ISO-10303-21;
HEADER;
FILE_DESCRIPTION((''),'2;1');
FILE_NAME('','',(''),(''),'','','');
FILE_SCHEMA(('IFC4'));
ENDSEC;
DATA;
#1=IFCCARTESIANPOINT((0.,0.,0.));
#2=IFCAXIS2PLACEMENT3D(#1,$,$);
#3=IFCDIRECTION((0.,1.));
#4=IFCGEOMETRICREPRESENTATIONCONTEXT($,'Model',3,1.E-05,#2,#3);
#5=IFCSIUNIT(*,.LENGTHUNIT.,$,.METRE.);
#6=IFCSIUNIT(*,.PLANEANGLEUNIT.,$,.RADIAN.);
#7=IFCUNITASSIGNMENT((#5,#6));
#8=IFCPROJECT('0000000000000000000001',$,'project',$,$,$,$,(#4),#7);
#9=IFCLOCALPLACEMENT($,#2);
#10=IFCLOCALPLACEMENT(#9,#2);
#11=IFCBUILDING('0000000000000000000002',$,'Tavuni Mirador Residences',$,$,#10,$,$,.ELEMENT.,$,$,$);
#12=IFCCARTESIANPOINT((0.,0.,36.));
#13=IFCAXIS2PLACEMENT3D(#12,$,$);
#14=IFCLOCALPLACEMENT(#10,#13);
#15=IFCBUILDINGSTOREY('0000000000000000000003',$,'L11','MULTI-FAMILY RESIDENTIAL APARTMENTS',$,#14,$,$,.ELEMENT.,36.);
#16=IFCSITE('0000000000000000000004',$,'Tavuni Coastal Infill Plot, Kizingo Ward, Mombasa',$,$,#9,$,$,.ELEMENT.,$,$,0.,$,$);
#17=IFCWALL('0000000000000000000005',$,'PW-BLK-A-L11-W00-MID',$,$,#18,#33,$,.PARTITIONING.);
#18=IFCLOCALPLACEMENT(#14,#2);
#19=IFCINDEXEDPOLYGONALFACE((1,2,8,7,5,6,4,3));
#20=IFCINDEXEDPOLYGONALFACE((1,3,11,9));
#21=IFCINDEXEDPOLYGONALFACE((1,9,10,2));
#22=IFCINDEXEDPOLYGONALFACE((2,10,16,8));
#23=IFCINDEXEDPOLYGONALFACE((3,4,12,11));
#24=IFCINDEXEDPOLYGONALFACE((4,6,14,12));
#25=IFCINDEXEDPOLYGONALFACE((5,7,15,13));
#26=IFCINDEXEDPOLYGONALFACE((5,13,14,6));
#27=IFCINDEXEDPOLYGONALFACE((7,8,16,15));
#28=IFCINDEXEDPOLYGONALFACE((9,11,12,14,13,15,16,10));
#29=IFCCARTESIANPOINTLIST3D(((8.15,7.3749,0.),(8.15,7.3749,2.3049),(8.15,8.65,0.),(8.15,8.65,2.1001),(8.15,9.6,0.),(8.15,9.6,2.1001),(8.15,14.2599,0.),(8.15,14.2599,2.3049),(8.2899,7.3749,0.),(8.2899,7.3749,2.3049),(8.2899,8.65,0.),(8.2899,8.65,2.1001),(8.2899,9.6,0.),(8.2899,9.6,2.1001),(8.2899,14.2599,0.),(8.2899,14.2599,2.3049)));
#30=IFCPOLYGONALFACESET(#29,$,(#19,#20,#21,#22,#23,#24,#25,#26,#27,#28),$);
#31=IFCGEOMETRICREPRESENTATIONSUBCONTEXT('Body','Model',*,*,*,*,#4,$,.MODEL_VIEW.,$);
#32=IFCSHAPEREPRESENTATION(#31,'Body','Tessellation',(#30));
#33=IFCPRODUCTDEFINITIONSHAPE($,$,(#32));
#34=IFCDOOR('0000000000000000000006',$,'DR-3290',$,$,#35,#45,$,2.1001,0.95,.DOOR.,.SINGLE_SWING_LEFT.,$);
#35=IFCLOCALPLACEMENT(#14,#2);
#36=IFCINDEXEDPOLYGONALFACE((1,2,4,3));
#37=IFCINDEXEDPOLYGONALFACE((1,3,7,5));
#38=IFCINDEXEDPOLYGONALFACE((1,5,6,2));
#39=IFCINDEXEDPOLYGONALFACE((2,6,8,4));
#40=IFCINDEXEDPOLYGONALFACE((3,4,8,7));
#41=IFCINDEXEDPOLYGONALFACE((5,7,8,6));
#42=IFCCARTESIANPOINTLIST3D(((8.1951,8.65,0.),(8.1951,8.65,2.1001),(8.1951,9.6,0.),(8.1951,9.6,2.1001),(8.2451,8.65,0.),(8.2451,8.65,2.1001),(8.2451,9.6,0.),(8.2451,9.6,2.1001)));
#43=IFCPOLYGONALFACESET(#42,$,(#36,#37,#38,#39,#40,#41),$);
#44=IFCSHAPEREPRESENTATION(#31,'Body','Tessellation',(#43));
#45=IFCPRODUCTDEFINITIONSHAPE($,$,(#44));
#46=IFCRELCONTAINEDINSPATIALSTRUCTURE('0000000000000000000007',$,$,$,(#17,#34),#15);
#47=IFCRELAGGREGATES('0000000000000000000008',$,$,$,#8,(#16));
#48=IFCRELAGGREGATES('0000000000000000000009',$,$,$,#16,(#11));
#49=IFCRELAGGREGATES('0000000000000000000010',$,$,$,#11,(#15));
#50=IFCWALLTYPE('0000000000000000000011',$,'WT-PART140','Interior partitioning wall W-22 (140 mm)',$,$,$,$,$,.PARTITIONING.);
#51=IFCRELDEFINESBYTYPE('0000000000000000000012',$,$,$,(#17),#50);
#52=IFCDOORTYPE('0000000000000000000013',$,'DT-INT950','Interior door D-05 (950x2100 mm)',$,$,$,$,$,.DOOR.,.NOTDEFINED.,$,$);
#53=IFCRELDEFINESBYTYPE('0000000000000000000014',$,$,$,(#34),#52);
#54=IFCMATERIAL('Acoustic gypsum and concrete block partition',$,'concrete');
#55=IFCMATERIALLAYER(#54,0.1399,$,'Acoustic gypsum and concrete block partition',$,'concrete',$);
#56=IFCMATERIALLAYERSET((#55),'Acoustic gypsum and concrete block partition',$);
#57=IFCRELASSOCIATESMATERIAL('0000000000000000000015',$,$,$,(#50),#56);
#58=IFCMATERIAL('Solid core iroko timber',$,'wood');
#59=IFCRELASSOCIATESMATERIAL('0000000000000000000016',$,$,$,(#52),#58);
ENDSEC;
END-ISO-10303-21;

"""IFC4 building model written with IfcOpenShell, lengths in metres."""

from ifc_helpers import new_model, si_unit, direction, frame, frame_2d, origin, place, context, subcontext, project, spatial, rectangle, extrude, material, layer, layer_set, type_object, element, fill, save


model = new_model("IFC4")

# Units and contexts
model_context = context("Model", 3, precision=1e-05, world=origin(), true_north=direction((0.0, 1.0)))
body_context = subcontext(model_context, "Body", "Model", "MODEL_VIEW")
ifc_project = project(units=[si_unit("LENGTHUNIT", "METRE"), si_unit("PLANEANGLEUNIT", "RADIAN")], contexts=[model_context])

# Site, building, storey
site_placement = place(None, origin())
site = spatial("IfcSite", under=ifc_project, at=site_placement, Name="Tavuni Coastal Infill Plot, Kizingo Ward, Mombasa", CompositionType="ELEMENT", RefElevation=0.0)
building_placement = place(site_placement, origin())
building = spatial("IfcBuilding", under=site, at=building_placement, Name="Tavuni Mirador Residences", CompositionType="ELEMENT")
storey_placement = place(building_placement, frame((0.0, 0.0, 36.0)))
storey = spatial("IfcBuildingStorey", under=building, at=storey_placement, Name="L11", Description="MULTI-FAMILY RESIDENTIAL APARTMENTS", CompositionType="ELEMENT", Elevation=36.0)

# Shared definitions
ifc_material_1 = material(Name="Solid core iroko timber", Category="wood")

# Wall, opening, door
ifc_material_2 = material(Name="Acoustic gypsum and concrete block partition", Category="concrete")
ifc_layer_1 = layer(ifc_material_2, 0.1399, Name="Acoustic gypsum and concrete block partition", Category="concrete")
ifc_layer_set_1 = layer_set([ifc_layer_1], Name="Acoustic gypsum and concrete block partition")
wall_type_1 = type_object("IfcWallType", Name="WT-PART140", Description="Interior partitioning wall W-22 (140 mm)", PredefinedType="PARTITIONING", material=ifc_layer_set_1)
wall_1_placement = place(storey_placement, frame((8.22, 7.375, 0.0), z_axis=(0.0, 0.0, 1.0), x_axis=(0.0, 1.0, 0.0)))
wall_1 = element("IfcWall", 1, at=wall_1_placement, inside=storey, type_object=wall_type_1, Name="PW-BLK-A-L11-W00-MID", PredefinedType="PARTITIONING", context=body_context, shape_type="SweptSolid", body=[
    extrude(rectangle(XDim=6.885, YDim=0.1399, at=frame_2d((3.4424, 0.0))), origin(), (0.0, 0.0, 1.0), 2.3049),
])
opening_1_placement = place(wall_1_placement, frame((1.2749, 0.0, 0.0)))
opening_1 = element("IfcOpeningElement", 2, at=opening_1_placement, cuts=wall_1, PredefinedType="OPENING", context=body_context, shape_type="SweptSolid", body=[
    extrude(rectangle(XDim=0.95, YDim=2.1001, at=frame_2d((0.4751, 1.05))), frame((0.0, 0.0801, 0.0), z_axis=(0.0, -1.0, 0.0), x_axis=(1.0, 0.0, 0.0)), (0.0, 0.0, 1.0), 0.1599),
])
door_type_1 = type_object("IfcDoorType", Name="DT-INT950", Description="Interior door D-05 (950x2100 mm)", OperationType="NOTDEFINED", PredefinedType="DOOR", material=ifc_material_1)
door_1_placement = place(opening_1_placement, origin())
door_1 = element("IfcDoor", 3, at=door_1_placement, inside=storey, type_object=door_type_1, Name="DR-3290", OperationType="SINGLE_SWING_LEFT", OverallHeight=2.1001, OverallWidth=0.95, PredefinedType="DOOR", context=body_context, shape_type="SweptSolid", body=[
    extrude(rectangle(XDim=0.95, YDim=2.1001, at=frame_2d((0.4751, 1.05))), frame((0.0, 0.0249, 0.0), z_axis=(0.0, -1.0, 0.0), x_axis=(1.0, 0.0, 0.0)), (0.0, 0.0, 1.0), 0.05),
])
fill(opening_1, door_1)

save(model, "model.ifc")
